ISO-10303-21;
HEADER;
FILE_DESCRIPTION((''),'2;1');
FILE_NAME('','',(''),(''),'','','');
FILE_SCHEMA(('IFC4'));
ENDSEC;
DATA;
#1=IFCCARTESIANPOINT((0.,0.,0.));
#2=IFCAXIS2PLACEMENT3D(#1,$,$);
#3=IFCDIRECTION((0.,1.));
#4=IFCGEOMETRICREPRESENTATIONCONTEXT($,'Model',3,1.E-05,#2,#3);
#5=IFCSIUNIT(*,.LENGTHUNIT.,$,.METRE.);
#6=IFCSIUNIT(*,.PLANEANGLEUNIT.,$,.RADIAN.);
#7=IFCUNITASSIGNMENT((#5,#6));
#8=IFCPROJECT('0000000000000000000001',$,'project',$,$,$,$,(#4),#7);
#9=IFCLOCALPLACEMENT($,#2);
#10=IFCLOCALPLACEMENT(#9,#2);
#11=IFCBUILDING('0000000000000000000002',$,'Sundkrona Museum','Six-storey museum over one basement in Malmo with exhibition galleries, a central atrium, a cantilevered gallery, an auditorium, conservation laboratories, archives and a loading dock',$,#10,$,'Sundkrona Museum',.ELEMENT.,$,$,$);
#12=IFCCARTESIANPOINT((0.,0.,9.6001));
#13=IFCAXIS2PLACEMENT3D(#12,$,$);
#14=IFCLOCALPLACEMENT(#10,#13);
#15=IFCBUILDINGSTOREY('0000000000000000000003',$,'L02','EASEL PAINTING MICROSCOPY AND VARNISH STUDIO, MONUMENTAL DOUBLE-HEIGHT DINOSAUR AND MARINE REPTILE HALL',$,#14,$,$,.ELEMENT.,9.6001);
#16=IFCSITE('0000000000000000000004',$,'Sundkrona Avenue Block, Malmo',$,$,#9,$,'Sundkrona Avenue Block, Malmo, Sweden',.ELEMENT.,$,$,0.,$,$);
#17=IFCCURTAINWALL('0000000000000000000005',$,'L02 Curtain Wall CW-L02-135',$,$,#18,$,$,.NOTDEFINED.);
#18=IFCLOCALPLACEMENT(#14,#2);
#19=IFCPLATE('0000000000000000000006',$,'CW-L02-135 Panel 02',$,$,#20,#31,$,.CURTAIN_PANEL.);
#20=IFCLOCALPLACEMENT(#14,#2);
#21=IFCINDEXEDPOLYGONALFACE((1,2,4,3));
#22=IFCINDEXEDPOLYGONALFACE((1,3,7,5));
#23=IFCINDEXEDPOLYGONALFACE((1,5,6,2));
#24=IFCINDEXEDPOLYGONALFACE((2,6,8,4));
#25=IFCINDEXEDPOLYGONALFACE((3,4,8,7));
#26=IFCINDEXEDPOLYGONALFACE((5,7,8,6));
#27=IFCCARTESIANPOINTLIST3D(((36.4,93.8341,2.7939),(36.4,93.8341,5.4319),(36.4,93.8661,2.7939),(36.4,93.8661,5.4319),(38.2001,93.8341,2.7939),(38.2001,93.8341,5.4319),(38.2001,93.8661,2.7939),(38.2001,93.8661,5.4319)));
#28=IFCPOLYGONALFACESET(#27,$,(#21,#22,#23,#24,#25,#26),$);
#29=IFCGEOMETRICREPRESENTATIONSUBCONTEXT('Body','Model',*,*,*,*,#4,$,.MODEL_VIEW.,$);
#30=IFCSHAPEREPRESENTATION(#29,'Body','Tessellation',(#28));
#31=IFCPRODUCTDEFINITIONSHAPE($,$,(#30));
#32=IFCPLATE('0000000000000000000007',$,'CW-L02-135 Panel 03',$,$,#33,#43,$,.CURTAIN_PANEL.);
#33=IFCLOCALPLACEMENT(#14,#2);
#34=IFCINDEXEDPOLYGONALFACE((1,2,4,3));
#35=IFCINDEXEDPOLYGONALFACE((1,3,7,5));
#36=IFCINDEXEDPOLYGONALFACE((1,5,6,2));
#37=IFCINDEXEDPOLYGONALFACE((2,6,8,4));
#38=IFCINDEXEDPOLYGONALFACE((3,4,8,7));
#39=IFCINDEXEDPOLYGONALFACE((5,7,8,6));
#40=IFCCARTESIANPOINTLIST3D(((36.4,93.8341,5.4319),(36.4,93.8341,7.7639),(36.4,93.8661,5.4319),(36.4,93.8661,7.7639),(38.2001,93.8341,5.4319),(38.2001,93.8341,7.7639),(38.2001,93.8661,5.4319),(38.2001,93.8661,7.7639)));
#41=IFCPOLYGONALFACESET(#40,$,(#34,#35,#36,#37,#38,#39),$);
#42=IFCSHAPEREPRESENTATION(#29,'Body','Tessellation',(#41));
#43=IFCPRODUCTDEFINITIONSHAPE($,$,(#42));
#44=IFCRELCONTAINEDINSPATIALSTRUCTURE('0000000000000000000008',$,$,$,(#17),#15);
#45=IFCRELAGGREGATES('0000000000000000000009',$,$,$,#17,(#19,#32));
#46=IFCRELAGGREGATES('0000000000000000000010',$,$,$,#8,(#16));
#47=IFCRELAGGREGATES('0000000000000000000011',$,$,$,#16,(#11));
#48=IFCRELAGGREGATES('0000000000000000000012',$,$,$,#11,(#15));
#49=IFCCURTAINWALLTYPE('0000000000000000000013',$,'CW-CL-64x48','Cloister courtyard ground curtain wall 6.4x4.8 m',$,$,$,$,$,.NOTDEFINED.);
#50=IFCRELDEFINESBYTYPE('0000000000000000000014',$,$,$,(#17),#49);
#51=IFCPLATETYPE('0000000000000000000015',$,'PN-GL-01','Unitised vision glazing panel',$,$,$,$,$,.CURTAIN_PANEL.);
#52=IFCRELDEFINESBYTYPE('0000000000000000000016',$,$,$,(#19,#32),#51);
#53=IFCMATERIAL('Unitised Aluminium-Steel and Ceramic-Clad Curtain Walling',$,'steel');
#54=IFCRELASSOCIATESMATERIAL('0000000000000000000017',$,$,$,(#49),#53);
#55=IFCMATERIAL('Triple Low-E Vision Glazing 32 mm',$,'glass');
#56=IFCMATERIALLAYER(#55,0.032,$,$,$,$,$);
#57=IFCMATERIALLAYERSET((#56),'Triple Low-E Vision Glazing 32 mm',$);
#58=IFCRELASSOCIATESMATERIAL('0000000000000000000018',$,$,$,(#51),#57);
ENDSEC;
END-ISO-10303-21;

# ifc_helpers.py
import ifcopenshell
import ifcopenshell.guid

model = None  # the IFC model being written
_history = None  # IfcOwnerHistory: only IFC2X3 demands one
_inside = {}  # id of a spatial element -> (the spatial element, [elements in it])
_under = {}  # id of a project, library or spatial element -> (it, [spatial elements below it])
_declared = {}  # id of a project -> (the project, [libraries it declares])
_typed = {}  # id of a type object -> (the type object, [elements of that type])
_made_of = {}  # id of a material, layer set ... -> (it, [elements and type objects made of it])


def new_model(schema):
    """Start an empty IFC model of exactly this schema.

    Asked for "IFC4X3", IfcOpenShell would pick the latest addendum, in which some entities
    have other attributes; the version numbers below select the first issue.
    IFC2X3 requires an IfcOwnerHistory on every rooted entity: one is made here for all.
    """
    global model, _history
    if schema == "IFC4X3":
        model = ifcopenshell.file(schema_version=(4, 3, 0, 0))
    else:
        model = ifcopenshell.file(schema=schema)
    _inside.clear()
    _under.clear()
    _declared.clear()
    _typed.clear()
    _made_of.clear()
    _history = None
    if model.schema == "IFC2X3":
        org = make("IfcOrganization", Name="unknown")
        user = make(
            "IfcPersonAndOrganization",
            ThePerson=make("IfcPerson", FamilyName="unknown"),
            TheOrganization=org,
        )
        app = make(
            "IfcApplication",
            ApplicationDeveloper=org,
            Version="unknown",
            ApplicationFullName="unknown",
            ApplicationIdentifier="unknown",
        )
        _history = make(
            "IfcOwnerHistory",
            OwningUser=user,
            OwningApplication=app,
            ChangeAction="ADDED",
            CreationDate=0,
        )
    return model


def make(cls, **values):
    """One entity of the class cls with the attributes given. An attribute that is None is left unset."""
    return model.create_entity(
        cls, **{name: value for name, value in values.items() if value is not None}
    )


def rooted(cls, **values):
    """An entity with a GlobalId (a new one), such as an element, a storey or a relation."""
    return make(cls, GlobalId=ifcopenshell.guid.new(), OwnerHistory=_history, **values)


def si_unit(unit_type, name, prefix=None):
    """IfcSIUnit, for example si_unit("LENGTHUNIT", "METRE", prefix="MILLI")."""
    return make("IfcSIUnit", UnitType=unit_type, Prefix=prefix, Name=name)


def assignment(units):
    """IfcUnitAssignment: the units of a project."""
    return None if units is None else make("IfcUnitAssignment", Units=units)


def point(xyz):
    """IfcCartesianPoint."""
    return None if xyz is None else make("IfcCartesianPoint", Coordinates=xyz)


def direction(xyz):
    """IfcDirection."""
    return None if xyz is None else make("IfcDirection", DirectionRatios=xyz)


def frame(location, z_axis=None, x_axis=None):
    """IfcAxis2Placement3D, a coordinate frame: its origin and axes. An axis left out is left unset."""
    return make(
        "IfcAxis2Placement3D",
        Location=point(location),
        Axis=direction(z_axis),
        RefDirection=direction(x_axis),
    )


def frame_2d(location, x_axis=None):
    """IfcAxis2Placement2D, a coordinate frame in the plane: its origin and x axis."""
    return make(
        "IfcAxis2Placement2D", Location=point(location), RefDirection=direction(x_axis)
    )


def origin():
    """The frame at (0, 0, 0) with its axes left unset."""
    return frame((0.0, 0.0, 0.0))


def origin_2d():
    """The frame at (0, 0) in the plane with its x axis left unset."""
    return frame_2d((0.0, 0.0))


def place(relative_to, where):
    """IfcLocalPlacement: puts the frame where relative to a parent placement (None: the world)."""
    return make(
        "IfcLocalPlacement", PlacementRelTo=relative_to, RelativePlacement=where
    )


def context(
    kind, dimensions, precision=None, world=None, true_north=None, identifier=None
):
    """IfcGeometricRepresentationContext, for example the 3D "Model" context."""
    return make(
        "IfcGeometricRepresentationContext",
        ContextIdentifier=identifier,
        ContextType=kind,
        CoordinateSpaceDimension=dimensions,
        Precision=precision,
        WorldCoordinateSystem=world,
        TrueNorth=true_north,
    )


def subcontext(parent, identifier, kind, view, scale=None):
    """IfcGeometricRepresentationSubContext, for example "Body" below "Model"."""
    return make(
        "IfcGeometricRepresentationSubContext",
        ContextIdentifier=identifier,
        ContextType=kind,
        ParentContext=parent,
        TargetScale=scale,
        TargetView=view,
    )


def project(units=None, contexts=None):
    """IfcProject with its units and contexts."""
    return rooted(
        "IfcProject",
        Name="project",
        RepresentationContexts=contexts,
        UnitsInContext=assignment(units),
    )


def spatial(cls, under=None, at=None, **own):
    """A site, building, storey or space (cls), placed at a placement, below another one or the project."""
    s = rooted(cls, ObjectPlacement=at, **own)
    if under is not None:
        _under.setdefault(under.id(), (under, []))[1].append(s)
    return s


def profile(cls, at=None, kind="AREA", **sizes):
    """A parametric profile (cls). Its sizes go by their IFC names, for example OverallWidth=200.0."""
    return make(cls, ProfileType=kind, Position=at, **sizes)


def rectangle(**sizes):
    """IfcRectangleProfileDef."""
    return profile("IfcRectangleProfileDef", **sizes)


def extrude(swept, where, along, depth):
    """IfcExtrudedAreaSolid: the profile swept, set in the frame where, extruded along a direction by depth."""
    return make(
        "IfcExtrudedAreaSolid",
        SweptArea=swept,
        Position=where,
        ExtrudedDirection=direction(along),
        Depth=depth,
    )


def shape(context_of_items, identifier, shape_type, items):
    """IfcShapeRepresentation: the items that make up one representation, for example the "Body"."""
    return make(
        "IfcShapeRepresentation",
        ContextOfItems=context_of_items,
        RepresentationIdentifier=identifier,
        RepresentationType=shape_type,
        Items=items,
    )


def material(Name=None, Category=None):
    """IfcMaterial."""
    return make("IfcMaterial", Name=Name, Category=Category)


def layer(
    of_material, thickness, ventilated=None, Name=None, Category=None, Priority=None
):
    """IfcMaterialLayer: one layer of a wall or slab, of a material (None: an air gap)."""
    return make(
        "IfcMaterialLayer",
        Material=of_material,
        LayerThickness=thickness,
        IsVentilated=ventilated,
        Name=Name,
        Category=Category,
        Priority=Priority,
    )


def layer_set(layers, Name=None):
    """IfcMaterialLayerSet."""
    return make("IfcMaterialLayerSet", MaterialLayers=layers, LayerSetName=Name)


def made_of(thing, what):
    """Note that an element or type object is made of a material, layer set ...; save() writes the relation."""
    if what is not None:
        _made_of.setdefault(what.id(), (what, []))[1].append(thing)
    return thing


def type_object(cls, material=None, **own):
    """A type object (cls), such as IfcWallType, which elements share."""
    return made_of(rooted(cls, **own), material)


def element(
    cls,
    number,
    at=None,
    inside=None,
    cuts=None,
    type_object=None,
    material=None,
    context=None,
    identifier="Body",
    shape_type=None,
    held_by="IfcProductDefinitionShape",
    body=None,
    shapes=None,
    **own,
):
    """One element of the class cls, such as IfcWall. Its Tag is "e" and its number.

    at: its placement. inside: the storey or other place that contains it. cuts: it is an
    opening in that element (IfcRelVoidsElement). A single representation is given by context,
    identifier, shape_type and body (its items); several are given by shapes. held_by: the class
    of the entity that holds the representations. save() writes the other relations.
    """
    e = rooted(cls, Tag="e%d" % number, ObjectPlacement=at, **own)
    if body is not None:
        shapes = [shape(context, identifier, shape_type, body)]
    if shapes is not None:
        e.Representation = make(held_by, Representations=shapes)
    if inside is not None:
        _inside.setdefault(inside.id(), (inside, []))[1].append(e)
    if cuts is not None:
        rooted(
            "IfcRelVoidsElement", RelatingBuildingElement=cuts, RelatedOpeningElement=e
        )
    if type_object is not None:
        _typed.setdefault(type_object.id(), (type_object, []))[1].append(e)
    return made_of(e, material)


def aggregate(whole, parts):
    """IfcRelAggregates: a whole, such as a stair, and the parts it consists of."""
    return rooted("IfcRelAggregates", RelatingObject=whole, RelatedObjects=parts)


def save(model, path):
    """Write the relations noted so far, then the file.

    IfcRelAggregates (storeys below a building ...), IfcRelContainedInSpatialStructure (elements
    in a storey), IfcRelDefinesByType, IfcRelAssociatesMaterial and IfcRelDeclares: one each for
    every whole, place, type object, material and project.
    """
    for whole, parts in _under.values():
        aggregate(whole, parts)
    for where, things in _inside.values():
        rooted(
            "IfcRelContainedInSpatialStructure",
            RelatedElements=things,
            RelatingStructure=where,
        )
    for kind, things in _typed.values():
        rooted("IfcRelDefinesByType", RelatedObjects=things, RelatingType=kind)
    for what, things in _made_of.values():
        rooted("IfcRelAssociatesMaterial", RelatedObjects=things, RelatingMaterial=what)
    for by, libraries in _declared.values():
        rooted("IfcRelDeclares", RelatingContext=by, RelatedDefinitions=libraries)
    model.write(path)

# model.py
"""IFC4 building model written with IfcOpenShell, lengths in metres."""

from ifc_helpers import new_model, si_unit, direction, frame, origin, origin_2d, place, context, subcontext, project, spatial, rectangle, extrude, material, layer, layer_set, type_object, element, aggregate, save


model = new_model("IFC4")

# Units and contexts
model_context = context("Model", 3, precision=1e-05, world=origin(), true_north=direction((0.0, 1.0)))
body_context = subcontext(model_context, "Body", "Model", "MODEL_VIEW")
ifc_project = project(units=[si_unit("LENGTHUNIT", "METRE"), si_unit("PLANEANGLEUNIT", "RADIAN")], contexts=[model_context])

# Site, building, storey
site_placement = place(None, origin())
site = spatial("IfcSite", under=ifc_project, at=site_placement, Name="Sundkrona Avenue Block, Malmo", LongName="Sundkrona Avenue Block, Malmo, Sweden", CompositionType="ELEMENT", RefElevation=0.0)
building_placement = place(site_placement, origin())
building = spatial("IfcBuilding", under=site, at=building_placement, Name="Sundkrona Museum", Description="Six-storey museum over one basement in Malmo with exhibition galleries, a central atrium, a cantilevered gallery, an auditorium, conservation laboratories, archives and a loading dock", LongName="Sundkrona Museum", CompositionType="ELEMENT")
storey_placement = place(building_placement, frame((0.0, 0.0, 9.6001)))
storey = spatial("IfcBuildingStorey", under=building, at=storey_placement, Name="L02", Description="EASEL PAINTING MICROSCOPY AND VARNISH STUDIO, MONUMENTAL DOUBLE-HEIGHT DINOSAUR AND MARINE REPTILE HALL", CompositionType="ELEMENT", Elevation=9.6001)

# Shared definitions
ifc_material_1 = material(Name="Unitised Aluminium-Steel and Ceramic-Clad Curtain Walling", Category="steel")
curtain_wall_type = type_object("IfcCurtainWallType", Name="CW-CL-64x48", Description="Cloister courtyard ground curtain wall 6.4x4.8 m", PredefinedType="NOTDEFINED", material=ifc_material_1)

# Curtain wall
curtain_wall_1_placement = place(storey_placement, origin())
curtain_wall_1 = element("IfcCurtainWall", 1, at=curtain_wall_1_placement, inside=storey, type_object=curtain_wall_type, Name="L02 Curtain Wall CW-L02-135", PredefinedType="NOTDEFINED")

# Plates
ifc_material_2 = material(Name="Triple Low-E Vision Glazing 32 mm", Category="glass")
ifc_layer = layer(ifc_material_2, 0.032)
ifc_layer_set = layer_set([ifc_layer], Name="Triple Low-E Vision Glazing 32 mm")
plate_type = type_object("IfcPlateType", Name="PN-GL-01", Description="Unitised vision glazing panel", PredefinedType="CURTAIN_PANEL", material=ifc_layer_set)
plate_1_placement = place(storey_placement, frame((37.3, 93.8501, 2.7939), z_axis=(0.0, 0.0, 1.0), x_axis=(1.0, 0.0, 0.0)))
plate_1 = element("IfcPlate", 2, at=plate_1_placement, type_object=plate_type, Name="CW-L02-135 Panel 02", PredefinedType="CURTAIN_PANEL", context=body_context, shape_type="SweptSolid", body=[
    extrude(rectangle(XDim=1.8, YDim=0.032, at=origin_2d()), origin(), (0.0, 0.0, 1.0), 2.6379),
])
plate_2_placement = place(storey_placement, frame((37.3, 93.8501, 5.4319), z_axis=(0.0, 0.0, 1.0), x_axis=(1.0, 0.0, 0.0)))
plate_2 = element("IfcPlate", 3, at=plate_2_placement, type_object=plate_type, Name="CW-L02-135 Panel 03", PredefinedType="CURTAIN_PANEL", context=body_context, shape_type="SweptSolid", body=[
    extrude(rectangle(XDim=1.8, YDim=0.032, at=origin_2d()), origin(), (0.0, 0.0, 1.0), 2.332),
])
aggregate(curtain_wall_1, [plate_1, plate_2])

save(model, "model.ifc")
